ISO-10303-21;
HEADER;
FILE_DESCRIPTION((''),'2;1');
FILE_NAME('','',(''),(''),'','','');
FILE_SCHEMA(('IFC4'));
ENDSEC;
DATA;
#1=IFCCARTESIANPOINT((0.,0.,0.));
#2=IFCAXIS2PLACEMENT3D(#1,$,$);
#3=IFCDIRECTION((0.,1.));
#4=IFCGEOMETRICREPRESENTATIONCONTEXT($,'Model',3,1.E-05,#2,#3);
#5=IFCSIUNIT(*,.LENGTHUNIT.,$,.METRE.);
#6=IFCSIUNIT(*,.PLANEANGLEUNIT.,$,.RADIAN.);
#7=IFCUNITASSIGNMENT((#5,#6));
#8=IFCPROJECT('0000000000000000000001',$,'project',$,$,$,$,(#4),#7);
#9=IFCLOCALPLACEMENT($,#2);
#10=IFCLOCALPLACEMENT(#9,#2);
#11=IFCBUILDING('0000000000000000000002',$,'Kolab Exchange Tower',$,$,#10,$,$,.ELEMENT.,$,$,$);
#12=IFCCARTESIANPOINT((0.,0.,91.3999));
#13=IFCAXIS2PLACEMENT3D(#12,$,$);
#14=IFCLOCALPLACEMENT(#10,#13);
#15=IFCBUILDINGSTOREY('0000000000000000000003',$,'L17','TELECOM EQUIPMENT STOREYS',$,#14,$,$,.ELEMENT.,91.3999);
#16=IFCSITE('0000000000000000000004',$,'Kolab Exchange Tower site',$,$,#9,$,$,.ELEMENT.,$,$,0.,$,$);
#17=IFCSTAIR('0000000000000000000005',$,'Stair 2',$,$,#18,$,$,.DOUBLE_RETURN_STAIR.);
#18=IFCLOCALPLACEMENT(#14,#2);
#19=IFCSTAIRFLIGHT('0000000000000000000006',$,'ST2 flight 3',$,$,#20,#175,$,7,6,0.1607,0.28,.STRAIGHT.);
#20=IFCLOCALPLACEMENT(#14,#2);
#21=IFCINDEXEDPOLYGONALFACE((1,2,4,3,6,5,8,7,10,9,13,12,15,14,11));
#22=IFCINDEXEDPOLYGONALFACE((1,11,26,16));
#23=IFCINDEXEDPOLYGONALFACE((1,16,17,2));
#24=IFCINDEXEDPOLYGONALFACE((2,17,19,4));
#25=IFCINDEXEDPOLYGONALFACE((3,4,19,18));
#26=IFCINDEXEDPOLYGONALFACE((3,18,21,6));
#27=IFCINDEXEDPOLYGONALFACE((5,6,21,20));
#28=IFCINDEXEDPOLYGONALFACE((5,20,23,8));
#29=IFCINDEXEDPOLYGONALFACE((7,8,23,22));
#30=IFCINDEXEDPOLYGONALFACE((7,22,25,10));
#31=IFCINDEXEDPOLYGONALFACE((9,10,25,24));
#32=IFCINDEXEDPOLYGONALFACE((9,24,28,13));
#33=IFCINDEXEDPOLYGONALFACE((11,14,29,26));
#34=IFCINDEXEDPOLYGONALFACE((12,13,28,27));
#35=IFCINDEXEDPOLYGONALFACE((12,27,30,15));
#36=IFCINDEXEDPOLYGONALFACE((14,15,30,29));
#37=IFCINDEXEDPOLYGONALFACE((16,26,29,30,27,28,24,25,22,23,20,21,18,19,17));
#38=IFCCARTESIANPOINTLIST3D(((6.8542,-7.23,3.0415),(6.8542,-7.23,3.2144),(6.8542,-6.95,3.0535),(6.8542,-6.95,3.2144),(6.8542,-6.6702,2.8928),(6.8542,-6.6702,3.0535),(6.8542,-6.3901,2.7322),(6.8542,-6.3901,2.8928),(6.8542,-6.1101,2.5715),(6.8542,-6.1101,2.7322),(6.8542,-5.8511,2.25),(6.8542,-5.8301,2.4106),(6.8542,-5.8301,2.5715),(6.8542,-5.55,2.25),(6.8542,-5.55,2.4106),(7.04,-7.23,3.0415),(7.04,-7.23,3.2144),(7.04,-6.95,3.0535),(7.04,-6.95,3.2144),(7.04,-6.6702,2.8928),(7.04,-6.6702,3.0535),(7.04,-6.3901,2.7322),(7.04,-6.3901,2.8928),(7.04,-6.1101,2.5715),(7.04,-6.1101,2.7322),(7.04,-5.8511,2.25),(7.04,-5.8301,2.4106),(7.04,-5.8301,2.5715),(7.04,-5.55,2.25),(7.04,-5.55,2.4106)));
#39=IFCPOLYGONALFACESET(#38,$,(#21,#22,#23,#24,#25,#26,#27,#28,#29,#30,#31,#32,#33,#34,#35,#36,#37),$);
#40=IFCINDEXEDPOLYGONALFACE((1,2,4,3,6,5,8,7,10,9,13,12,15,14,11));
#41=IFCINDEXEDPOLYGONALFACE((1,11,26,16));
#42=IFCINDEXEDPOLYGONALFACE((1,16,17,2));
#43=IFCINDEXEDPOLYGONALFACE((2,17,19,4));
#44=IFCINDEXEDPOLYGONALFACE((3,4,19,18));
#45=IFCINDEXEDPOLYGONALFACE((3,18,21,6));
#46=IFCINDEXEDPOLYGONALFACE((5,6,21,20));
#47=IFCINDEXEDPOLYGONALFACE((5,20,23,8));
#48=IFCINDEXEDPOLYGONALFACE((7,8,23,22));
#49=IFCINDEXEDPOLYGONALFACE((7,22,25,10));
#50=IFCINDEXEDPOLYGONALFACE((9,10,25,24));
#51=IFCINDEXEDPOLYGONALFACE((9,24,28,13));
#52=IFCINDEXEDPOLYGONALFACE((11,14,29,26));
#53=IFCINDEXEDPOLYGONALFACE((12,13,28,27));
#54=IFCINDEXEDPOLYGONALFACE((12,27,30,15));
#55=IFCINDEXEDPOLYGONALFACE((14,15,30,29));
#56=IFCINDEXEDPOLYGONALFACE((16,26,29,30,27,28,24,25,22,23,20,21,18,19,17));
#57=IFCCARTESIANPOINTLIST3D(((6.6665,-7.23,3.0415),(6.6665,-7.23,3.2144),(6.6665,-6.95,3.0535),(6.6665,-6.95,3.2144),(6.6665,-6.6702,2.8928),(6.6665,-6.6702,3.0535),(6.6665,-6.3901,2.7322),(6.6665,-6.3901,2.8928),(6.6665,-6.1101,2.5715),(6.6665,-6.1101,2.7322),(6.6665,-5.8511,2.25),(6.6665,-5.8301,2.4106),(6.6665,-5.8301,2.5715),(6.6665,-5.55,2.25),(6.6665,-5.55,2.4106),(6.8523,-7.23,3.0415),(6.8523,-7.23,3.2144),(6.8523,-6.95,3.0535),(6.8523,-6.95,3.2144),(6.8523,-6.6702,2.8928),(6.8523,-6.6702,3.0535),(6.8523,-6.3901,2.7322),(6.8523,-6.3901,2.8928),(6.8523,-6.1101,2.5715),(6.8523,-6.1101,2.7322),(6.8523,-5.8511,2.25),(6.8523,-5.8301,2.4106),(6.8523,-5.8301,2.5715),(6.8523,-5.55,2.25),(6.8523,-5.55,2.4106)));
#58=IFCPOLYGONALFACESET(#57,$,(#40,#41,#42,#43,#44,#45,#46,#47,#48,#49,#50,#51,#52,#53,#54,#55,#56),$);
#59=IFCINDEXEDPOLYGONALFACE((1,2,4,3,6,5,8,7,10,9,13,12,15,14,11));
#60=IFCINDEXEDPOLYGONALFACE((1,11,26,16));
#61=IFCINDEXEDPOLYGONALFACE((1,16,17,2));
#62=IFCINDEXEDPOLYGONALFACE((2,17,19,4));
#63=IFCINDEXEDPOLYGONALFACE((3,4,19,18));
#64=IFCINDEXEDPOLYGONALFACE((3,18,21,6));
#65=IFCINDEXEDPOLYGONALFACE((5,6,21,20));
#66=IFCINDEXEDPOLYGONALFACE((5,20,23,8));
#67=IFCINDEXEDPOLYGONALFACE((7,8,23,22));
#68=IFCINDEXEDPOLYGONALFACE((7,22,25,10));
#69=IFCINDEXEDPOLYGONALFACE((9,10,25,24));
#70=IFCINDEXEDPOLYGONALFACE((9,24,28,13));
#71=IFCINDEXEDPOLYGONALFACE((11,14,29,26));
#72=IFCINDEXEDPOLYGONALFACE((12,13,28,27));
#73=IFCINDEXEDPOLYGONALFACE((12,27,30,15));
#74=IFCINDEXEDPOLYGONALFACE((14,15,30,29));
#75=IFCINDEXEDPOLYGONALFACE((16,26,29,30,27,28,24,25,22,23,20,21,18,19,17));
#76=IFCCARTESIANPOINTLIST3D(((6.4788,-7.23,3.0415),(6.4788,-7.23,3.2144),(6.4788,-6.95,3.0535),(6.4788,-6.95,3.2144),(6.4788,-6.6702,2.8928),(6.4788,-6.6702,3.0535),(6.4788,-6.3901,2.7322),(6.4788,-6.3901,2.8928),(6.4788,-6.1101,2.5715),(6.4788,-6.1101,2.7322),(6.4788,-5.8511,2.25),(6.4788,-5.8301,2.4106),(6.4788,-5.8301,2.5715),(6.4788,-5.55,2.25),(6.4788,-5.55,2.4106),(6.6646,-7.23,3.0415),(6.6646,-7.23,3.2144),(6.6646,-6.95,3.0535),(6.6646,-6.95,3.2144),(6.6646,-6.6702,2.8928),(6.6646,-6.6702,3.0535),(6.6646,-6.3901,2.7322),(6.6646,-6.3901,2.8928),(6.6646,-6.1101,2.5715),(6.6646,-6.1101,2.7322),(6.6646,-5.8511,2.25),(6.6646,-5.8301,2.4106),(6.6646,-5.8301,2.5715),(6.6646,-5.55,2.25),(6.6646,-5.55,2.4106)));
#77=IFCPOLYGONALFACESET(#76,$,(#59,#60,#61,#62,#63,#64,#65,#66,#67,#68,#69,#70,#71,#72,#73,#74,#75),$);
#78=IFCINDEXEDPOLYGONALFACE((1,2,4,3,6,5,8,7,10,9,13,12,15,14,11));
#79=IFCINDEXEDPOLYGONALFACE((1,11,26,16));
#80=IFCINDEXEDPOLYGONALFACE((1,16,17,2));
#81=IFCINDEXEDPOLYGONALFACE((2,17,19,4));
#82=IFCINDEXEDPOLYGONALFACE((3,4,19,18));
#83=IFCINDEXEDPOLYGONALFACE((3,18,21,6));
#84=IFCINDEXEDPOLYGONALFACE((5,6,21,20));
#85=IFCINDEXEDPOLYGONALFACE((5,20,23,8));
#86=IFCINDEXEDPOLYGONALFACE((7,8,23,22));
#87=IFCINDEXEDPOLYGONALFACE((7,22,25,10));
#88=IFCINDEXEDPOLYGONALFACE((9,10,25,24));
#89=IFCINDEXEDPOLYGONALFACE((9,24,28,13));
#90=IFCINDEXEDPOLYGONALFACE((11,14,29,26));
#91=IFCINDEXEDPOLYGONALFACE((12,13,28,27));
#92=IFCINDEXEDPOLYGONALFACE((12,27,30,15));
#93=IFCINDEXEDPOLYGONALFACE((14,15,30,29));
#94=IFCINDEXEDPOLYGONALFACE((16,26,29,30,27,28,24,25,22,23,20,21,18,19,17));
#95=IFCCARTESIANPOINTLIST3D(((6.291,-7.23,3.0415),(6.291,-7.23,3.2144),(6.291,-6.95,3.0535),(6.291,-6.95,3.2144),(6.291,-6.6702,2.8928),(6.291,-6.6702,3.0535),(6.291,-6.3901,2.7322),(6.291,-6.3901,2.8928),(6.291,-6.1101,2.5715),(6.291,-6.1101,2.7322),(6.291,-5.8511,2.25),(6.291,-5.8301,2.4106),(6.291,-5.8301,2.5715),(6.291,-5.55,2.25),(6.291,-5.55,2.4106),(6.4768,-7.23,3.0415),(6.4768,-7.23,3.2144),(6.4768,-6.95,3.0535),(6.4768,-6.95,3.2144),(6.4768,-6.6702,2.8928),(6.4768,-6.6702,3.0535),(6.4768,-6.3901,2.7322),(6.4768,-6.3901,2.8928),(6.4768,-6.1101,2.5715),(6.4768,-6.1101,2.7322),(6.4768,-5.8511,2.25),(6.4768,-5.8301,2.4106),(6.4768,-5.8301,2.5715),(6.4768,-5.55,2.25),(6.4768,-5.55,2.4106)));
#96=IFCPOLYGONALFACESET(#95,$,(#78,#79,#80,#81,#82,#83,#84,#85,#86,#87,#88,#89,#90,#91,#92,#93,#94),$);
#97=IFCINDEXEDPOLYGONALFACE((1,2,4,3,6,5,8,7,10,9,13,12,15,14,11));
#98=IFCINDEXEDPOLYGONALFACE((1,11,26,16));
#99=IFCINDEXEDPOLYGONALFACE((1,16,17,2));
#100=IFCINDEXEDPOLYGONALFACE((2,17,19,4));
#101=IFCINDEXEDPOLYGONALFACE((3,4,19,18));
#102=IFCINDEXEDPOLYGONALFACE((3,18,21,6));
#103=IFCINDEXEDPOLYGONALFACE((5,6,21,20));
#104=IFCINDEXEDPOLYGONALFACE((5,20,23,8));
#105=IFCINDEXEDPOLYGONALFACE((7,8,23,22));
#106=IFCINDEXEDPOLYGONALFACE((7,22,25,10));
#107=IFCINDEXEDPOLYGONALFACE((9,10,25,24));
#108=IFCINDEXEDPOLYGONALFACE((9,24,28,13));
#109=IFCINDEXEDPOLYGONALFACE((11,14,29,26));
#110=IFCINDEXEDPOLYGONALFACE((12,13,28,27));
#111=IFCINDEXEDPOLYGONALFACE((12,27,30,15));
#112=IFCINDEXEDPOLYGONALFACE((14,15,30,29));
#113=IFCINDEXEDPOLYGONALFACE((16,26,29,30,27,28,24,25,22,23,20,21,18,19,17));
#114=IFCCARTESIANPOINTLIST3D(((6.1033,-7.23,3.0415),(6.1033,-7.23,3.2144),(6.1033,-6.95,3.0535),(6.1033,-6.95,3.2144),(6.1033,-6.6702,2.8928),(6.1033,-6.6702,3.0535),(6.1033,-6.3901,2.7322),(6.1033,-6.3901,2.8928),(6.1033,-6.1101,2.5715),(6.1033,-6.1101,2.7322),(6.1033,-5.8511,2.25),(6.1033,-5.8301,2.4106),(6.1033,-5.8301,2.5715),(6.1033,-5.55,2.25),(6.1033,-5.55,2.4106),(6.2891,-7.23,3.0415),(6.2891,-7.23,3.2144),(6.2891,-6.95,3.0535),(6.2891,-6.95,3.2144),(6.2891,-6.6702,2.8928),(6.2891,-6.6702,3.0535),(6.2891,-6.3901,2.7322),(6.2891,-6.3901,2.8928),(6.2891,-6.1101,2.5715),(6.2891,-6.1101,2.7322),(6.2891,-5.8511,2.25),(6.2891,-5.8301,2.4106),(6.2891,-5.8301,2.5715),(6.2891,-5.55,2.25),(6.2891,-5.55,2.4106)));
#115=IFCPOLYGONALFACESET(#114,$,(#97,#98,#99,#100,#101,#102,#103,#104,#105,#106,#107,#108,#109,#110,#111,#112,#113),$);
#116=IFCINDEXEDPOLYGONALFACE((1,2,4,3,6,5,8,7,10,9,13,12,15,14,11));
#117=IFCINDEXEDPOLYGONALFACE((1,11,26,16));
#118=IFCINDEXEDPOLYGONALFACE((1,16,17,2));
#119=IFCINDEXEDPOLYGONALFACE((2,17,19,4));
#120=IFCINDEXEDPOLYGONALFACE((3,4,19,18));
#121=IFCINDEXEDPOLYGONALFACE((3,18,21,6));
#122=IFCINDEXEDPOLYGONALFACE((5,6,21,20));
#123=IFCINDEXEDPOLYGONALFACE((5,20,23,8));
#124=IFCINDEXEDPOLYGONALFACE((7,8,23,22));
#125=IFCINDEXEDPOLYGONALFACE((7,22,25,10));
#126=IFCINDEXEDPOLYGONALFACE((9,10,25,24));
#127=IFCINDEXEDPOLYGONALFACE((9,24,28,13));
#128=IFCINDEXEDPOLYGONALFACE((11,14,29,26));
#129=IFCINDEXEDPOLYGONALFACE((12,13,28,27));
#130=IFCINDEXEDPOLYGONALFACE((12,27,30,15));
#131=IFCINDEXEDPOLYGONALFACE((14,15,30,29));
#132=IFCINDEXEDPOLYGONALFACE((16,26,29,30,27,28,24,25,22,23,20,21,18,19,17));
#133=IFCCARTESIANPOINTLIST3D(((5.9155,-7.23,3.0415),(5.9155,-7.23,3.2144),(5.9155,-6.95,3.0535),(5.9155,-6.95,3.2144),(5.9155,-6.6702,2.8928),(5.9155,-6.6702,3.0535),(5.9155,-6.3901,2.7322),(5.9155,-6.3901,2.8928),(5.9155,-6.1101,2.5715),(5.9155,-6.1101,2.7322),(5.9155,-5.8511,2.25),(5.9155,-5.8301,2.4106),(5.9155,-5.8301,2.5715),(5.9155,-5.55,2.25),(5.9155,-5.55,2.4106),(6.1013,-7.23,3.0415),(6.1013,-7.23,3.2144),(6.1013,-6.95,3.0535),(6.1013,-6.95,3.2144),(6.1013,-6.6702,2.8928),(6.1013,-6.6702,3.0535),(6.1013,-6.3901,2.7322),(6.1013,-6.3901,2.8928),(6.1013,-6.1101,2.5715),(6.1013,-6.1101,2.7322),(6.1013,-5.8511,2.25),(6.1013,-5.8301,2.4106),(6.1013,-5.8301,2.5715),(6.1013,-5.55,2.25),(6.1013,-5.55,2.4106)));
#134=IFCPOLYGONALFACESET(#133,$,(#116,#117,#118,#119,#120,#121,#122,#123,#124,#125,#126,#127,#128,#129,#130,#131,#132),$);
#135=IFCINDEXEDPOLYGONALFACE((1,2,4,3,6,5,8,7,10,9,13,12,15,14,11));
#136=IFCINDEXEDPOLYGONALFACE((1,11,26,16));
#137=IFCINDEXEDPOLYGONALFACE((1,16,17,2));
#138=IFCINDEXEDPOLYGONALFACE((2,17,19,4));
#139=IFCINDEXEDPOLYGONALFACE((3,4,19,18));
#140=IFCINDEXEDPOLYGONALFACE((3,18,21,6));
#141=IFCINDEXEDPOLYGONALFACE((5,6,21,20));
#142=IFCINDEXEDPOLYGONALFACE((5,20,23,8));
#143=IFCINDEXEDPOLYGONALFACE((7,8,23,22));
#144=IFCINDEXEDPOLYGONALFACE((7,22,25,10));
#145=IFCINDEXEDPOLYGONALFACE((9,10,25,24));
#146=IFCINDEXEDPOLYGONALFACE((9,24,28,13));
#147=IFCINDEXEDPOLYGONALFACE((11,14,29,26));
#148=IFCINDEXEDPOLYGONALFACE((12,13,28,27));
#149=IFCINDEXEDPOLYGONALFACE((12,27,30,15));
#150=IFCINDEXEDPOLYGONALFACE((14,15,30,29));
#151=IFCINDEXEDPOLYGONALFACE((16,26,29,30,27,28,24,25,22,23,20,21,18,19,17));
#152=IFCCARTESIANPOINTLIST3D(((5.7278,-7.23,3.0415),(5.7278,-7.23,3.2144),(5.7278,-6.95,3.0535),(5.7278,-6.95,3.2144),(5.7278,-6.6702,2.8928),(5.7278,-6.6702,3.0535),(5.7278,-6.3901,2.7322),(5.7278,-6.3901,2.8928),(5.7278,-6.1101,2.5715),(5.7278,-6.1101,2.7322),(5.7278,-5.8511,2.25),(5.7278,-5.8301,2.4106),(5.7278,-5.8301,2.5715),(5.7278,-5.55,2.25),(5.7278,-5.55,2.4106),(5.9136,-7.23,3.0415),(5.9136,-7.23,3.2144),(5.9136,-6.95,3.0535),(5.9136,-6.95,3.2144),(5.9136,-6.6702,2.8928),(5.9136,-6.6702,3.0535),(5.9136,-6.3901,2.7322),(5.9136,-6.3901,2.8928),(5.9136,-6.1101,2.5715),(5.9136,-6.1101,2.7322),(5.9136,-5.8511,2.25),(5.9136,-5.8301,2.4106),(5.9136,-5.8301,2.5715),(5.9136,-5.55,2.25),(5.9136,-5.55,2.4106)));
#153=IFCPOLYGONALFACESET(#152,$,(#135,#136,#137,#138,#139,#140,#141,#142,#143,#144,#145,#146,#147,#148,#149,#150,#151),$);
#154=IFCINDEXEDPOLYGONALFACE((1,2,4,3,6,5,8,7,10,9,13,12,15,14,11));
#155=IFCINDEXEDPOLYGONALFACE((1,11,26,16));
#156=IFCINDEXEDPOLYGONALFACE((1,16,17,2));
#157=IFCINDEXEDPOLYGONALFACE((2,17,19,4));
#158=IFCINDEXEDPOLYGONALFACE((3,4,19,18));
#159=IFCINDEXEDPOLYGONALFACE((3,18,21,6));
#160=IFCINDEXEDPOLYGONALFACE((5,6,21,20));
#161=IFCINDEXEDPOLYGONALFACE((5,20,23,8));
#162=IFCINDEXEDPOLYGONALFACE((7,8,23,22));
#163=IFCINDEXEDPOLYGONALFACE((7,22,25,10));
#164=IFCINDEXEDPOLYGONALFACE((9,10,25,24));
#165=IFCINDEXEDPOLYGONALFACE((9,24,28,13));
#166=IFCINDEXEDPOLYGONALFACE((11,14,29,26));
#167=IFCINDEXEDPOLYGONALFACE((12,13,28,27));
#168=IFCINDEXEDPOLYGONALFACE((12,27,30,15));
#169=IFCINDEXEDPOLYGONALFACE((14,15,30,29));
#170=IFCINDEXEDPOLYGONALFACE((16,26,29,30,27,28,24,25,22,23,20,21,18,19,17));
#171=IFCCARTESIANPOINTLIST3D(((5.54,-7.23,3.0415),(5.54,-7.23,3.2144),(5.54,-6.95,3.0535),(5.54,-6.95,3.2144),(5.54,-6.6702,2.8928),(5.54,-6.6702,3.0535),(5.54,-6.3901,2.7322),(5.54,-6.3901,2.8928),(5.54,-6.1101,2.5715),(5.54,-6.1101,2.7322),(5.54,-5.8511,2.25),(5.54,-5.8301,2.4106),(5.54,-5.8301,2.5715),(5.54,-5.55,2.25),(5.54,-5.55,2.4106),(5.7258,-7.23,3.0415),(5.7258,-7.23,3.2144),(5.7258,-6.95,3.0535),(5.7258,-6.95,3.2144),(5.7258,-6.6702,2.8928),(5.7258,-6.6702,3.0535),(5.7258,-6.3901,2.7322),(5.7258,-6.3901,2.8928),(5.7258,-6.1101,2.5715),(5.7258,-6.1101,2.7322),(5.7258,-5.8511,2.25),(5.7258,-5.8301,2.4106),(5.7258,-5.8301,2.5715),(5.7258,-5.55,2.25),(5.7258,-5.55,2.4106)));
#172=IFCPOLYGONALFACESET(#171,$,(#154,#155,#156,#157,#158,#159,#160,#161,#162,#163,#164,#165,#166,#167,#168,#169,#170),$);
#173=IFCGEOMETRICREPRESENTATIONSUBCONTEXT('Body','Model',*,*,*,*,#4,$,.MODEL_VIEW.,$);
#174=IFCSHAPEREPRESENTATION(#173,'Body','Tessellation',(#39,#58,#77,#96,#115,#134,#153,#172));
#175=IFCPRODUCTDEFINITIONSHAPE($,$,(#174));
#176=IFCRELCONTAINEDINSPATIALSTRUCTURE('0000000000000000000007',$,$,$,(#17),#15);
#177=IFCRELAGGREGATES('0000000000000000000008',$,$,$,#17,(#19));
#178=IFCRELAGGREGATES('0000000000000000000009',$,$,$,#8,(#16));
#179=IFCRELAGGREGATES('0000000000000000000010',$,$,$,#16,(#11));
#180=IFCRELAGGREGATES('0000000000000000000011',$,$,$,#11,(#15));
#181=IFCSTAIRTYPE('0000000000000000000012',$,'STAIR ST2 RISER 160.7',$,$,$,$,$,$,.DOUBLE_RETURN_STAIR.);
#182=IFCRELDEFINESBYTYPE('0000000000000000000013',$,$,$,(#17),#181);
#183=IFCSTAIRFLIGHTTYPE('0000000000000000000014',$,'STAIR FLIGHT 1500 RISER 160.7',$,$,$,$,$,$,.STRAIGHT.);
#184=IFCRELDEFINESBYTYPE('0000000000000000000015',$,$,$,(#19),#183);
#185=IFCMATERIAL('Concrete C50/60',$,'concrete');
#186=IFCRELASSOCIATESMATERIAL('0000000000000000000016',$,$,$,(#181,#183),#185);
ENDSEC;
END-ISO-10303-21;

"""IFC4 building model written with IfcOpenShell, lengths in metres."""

from ifc_helpers import new_model, si_unit, direction, frame, origin, place, context, subcontext, project, spatial, polyline, outline, extrude, material, type_object, element, aggregate, save


model = new_model("IFC4")

# Units and contexts
model_context = context("Model", 3, precision=1e-05, world=origin(), true_north=direction((0.0, 1.0)))
body_context = subcontext(model_context, "Body", "Model", "MODEL_VIEW")
ifc_project = project(units=[si_unit("LENGTHUNIT", "METRE"), si_unit("PLANEANGLEUNIT", "RADIAN")], contexts=[model_context])

# Site, building, storey
site_placement = place(None, origin())
site = spatial("IfcSite", under=ifc_project, at=site_placement, Name="Kolab Exchange Tower site", CompositionType="ELEMENT", RefElevation=0.0)
building_placement = place(site_placement, origin())
building = spatial("IfcBuilding", under=site, at=building_placement, Name="Kolab Exchange Tower", CompositionType="ELEMENT")
storey_placement = place(building_placement, frame((0.0, 0.0, 91.3999)))
storey = spatial("IfcBuildingStorey", under=building, at=storey_placement, Name="L17", Description="TELECOM EQUIPMENT STOREYS", CompositionType="ELEMENT", Elevation=91.3999)

# Shared definitions
ifc_material_1 = material(Name="Concrete C50/60", Category="concrete")

# Stair, stair flight
stair_type = type_object("IfcStairType", Name="STAIR ST2 RISER 160.7", PredefinedType="DOUBLE_RETURN_STAIR", material=ifc_material_1)
stair_placement = place(storey_placement, origin())
stair = element("IfcStair", 1, at=stair_placement, inside=storey, type_object=stair_type, Name="Stair 2", PredefinedType="DOUBLE_RETURN_STAIR")
stair_flight_type = type_object("IfcStairFlightType", Name="STAIR FLIGHT 1500 RISER 160.7", PredefinedType="STRAIGHT", material=ifc_material_1)
stair_flight_1_placement = place(storey_placement, frame((6.29, -5.55, 2.25), z_axis=(0.0, 0.0, 1.0), x_axis=(0.0, -1.0, 0.0)))
stair_flight_1 = element("IfcStairFlight", 2, at=stair_flight_1_placement, type_object=stair_flight_type, Name="ST2 flight 3", NumberOfRisers=7, NumberOfTreads=6, PredefinedType="STRAIGHT", RiserHeight=0.1607, TreadLength=0.28, context=body_context, shape_type="SweptSolid", body=[
    extrude(outline(polyline([(0.0, 0.0), (0.0, 0.1606), (0.28, 0.1606), (0.28, 0.3215), (0.5601, 0.3215), (0.5601, 0.4822), (0.8401, 0.4822), (0.8401, 0.6428), (1.1201, 0.6428), (1.1201, 0.8035), (1.3999, 0.8035), (1.3999, 0.9644), (1.6799, 0.9644), (1.6799, 1.125), (1.6799, 0.7915), (0.301, 0.0), (0.0, 0.0)])), frame((0.0, 0.75, 0.0), z_axis=(0.0, -1.0, 0.0), x_axis=(1.0, 0.0, 0.0)), (0.0, 0.0, 1.0), 0.1858),
    extrude(outline(polyline([(0.0, 0.0), (0.0, 0.1606), (0.28, 0.1606), (0.28, 0.3215), (0.5601, 0.3215), (0.5601, 0.4822), (0.8401, 0.4822), (0.8401, 0.6428), (1.1201, 0.6428), (1.1201, 0.8035), (1.3999, 0.8035), (1.3999, 0.9644), (1.6799, 0.9644), (1.6799, 1.125), (1.6799, 0.7915), (0.301, 0.0), (0.0, 0.0)])), frame((0.0, 0.5623, 0.0), z_axis=(0.0, -1.0, 0.0), x_axis=(1.0, 0.0, 0.0)), (0.0, 0.0, 1.0), 0.1858),
    extrude(outline(polyline([(0.0, 0.0), (0.0, 0.1606), (0.28, 0.1606), (0.28, 0.3215), (0.5601, 0.3215), (0.5601, 0.4822), (0.8401, 0.4822), (0.8401, 0.6428), (1.1201, 0.6428), (1.1201, 0.8035), (1.3999, 0.8035), (1.3999, 0.9644), (1.6799, 0.9644), (1.6799, 1.125), (1.6799, 0.7915), (0.301, 0.0), (0.0, 0.0)])), frame((0.0, 0.3745, 0.0), z_axis=(0.0, -1.0, 0.0), x_axis=(1.0, 0.0, 0.0)), (0.0, 0.0, 1.0), 0.1858),
    extrude(outline(polyline([(0.0, 0.0), (0.0, 0.1606), (0.28, 0.1606), (0.28, 0.3215), (0.5601, 0.3215), (0.5601, 0.4822), (0.8401, 0.4822), (0.8401, 0.6428), (1.1201, 0.6428), (1.1201, 0.8035), (1.3999, 0.8035), (1.3999, 0.9644), (1.6799, 0.9644), (1.6799, 1.125), (1.6799, 0.7915), (0.301, 0.0), (0.0, 0.0)])), frame((0.0, 0.1868, 0.0), z_axis=(0.0, -1.0, 0.0), x_axis=(1.0, 0.0, 0.0)), (0.0, 0.0, 1.0), 0.1858),
    extrude(outline(polyline([(0.0, 0.0), (0.0, 0.1606), (0.28, 0.1606), (0.28, 0.3215), (0.5601, 0.3215), (0.5601, 0.4822), (0.8401, 0.4822), (0.8401, 0.6428), (1.1201, 0.6428), (1.1201, 0.8035), (1.3999, 0.8035), (1.3999, 0.9644), (1.6799, 0.9644), (1.6799, 1.125), (1.6799, 0.7915), (0.301, 0.0), (0.0, 0.0)])), frame((0.0, -0.001, 0.0), z_axis=(0.0, -1.0, 0.0), x_axis=(1.0, 0.0, 0.0)), (0.0, 0.0, 1.0), 0.1858),
    extrude(outline(polyline([(0.0, 0.0), (0.0, 0.1606), (0.28, 0.1606), (0.28, 0.3215), (0.5601, 0.3215), (0.5601, 0.4822), (0.8401, 0.4822), (0.8401, 0.6428), (1.1201, 0.6428), (1.1201, 0.8035), (1.3999, 0.8035), (1.3999, 0.9644), (1.6799, 0.9644), (1.6799, 1.125), (1.6799, 0.7915), (0.301, 0.0), (0.0, 0.0)])), frame((0.0, -0.1887, 0.0), z_axis=(0.0, -1.0, 0.0), x_axis=(1.0, 0.0, 0.0)), (0.0, 0.0, 1.0), 0.1858),
    extrude(outline(polyline([(0.0, 0.0), (0.0, 0.1606), (0.28, 0.1606), (0.28, 0.3215), (0.5601, 0.3215), (0.5601, 0.4822), (0.8401, 0.4822), (0.8401, 0.6428), (1.1201, 0.6428), (1.1201, 0.8035), (1.3999, 0.8035), (1.3999, 0.9644), (1.6799, 0.9644), (1.6799, 1.125), (1.6799, 0.7915), (0.301, 0.0), (0.0, 0.0)])), frame((0.0, -0.3765, 0.0), z_axis=(0.0, -1.0, 0.0), x_axis=(1.0, 0.0, 0.0)), (0.0, 0.0, 1.0), 0.1858),
    extrude(outline(polyline([(0.0, 0.0), (0.0, 0.1606), (0.28, 0.1606), (0.28, 0.3215), (0.5601, 0.3215), (0.5601, 0.4822), (0.8401, 0.4822), (0.8401, 0.6428), (1.1201, 0.6428), (1.1201, 0.8035), (1.3999, 0.8035), (1.3999, 0.9644), (1.6799, 0.9644), (1.6799, 1.125), (1.6799, 0.7915), (0.301, 0.0), (0.0, 0.0)])), frame((0.0, -0.5642, 0.0), z_axis=(0.0, -1.0, 0.0), x_axis=(1.0, 0.0, 0.0)), (0.0, 0.0, 1.0), 0.1858),
])
aggregate(stair, [stair_flight_1])

save(model, "model.ifc")
